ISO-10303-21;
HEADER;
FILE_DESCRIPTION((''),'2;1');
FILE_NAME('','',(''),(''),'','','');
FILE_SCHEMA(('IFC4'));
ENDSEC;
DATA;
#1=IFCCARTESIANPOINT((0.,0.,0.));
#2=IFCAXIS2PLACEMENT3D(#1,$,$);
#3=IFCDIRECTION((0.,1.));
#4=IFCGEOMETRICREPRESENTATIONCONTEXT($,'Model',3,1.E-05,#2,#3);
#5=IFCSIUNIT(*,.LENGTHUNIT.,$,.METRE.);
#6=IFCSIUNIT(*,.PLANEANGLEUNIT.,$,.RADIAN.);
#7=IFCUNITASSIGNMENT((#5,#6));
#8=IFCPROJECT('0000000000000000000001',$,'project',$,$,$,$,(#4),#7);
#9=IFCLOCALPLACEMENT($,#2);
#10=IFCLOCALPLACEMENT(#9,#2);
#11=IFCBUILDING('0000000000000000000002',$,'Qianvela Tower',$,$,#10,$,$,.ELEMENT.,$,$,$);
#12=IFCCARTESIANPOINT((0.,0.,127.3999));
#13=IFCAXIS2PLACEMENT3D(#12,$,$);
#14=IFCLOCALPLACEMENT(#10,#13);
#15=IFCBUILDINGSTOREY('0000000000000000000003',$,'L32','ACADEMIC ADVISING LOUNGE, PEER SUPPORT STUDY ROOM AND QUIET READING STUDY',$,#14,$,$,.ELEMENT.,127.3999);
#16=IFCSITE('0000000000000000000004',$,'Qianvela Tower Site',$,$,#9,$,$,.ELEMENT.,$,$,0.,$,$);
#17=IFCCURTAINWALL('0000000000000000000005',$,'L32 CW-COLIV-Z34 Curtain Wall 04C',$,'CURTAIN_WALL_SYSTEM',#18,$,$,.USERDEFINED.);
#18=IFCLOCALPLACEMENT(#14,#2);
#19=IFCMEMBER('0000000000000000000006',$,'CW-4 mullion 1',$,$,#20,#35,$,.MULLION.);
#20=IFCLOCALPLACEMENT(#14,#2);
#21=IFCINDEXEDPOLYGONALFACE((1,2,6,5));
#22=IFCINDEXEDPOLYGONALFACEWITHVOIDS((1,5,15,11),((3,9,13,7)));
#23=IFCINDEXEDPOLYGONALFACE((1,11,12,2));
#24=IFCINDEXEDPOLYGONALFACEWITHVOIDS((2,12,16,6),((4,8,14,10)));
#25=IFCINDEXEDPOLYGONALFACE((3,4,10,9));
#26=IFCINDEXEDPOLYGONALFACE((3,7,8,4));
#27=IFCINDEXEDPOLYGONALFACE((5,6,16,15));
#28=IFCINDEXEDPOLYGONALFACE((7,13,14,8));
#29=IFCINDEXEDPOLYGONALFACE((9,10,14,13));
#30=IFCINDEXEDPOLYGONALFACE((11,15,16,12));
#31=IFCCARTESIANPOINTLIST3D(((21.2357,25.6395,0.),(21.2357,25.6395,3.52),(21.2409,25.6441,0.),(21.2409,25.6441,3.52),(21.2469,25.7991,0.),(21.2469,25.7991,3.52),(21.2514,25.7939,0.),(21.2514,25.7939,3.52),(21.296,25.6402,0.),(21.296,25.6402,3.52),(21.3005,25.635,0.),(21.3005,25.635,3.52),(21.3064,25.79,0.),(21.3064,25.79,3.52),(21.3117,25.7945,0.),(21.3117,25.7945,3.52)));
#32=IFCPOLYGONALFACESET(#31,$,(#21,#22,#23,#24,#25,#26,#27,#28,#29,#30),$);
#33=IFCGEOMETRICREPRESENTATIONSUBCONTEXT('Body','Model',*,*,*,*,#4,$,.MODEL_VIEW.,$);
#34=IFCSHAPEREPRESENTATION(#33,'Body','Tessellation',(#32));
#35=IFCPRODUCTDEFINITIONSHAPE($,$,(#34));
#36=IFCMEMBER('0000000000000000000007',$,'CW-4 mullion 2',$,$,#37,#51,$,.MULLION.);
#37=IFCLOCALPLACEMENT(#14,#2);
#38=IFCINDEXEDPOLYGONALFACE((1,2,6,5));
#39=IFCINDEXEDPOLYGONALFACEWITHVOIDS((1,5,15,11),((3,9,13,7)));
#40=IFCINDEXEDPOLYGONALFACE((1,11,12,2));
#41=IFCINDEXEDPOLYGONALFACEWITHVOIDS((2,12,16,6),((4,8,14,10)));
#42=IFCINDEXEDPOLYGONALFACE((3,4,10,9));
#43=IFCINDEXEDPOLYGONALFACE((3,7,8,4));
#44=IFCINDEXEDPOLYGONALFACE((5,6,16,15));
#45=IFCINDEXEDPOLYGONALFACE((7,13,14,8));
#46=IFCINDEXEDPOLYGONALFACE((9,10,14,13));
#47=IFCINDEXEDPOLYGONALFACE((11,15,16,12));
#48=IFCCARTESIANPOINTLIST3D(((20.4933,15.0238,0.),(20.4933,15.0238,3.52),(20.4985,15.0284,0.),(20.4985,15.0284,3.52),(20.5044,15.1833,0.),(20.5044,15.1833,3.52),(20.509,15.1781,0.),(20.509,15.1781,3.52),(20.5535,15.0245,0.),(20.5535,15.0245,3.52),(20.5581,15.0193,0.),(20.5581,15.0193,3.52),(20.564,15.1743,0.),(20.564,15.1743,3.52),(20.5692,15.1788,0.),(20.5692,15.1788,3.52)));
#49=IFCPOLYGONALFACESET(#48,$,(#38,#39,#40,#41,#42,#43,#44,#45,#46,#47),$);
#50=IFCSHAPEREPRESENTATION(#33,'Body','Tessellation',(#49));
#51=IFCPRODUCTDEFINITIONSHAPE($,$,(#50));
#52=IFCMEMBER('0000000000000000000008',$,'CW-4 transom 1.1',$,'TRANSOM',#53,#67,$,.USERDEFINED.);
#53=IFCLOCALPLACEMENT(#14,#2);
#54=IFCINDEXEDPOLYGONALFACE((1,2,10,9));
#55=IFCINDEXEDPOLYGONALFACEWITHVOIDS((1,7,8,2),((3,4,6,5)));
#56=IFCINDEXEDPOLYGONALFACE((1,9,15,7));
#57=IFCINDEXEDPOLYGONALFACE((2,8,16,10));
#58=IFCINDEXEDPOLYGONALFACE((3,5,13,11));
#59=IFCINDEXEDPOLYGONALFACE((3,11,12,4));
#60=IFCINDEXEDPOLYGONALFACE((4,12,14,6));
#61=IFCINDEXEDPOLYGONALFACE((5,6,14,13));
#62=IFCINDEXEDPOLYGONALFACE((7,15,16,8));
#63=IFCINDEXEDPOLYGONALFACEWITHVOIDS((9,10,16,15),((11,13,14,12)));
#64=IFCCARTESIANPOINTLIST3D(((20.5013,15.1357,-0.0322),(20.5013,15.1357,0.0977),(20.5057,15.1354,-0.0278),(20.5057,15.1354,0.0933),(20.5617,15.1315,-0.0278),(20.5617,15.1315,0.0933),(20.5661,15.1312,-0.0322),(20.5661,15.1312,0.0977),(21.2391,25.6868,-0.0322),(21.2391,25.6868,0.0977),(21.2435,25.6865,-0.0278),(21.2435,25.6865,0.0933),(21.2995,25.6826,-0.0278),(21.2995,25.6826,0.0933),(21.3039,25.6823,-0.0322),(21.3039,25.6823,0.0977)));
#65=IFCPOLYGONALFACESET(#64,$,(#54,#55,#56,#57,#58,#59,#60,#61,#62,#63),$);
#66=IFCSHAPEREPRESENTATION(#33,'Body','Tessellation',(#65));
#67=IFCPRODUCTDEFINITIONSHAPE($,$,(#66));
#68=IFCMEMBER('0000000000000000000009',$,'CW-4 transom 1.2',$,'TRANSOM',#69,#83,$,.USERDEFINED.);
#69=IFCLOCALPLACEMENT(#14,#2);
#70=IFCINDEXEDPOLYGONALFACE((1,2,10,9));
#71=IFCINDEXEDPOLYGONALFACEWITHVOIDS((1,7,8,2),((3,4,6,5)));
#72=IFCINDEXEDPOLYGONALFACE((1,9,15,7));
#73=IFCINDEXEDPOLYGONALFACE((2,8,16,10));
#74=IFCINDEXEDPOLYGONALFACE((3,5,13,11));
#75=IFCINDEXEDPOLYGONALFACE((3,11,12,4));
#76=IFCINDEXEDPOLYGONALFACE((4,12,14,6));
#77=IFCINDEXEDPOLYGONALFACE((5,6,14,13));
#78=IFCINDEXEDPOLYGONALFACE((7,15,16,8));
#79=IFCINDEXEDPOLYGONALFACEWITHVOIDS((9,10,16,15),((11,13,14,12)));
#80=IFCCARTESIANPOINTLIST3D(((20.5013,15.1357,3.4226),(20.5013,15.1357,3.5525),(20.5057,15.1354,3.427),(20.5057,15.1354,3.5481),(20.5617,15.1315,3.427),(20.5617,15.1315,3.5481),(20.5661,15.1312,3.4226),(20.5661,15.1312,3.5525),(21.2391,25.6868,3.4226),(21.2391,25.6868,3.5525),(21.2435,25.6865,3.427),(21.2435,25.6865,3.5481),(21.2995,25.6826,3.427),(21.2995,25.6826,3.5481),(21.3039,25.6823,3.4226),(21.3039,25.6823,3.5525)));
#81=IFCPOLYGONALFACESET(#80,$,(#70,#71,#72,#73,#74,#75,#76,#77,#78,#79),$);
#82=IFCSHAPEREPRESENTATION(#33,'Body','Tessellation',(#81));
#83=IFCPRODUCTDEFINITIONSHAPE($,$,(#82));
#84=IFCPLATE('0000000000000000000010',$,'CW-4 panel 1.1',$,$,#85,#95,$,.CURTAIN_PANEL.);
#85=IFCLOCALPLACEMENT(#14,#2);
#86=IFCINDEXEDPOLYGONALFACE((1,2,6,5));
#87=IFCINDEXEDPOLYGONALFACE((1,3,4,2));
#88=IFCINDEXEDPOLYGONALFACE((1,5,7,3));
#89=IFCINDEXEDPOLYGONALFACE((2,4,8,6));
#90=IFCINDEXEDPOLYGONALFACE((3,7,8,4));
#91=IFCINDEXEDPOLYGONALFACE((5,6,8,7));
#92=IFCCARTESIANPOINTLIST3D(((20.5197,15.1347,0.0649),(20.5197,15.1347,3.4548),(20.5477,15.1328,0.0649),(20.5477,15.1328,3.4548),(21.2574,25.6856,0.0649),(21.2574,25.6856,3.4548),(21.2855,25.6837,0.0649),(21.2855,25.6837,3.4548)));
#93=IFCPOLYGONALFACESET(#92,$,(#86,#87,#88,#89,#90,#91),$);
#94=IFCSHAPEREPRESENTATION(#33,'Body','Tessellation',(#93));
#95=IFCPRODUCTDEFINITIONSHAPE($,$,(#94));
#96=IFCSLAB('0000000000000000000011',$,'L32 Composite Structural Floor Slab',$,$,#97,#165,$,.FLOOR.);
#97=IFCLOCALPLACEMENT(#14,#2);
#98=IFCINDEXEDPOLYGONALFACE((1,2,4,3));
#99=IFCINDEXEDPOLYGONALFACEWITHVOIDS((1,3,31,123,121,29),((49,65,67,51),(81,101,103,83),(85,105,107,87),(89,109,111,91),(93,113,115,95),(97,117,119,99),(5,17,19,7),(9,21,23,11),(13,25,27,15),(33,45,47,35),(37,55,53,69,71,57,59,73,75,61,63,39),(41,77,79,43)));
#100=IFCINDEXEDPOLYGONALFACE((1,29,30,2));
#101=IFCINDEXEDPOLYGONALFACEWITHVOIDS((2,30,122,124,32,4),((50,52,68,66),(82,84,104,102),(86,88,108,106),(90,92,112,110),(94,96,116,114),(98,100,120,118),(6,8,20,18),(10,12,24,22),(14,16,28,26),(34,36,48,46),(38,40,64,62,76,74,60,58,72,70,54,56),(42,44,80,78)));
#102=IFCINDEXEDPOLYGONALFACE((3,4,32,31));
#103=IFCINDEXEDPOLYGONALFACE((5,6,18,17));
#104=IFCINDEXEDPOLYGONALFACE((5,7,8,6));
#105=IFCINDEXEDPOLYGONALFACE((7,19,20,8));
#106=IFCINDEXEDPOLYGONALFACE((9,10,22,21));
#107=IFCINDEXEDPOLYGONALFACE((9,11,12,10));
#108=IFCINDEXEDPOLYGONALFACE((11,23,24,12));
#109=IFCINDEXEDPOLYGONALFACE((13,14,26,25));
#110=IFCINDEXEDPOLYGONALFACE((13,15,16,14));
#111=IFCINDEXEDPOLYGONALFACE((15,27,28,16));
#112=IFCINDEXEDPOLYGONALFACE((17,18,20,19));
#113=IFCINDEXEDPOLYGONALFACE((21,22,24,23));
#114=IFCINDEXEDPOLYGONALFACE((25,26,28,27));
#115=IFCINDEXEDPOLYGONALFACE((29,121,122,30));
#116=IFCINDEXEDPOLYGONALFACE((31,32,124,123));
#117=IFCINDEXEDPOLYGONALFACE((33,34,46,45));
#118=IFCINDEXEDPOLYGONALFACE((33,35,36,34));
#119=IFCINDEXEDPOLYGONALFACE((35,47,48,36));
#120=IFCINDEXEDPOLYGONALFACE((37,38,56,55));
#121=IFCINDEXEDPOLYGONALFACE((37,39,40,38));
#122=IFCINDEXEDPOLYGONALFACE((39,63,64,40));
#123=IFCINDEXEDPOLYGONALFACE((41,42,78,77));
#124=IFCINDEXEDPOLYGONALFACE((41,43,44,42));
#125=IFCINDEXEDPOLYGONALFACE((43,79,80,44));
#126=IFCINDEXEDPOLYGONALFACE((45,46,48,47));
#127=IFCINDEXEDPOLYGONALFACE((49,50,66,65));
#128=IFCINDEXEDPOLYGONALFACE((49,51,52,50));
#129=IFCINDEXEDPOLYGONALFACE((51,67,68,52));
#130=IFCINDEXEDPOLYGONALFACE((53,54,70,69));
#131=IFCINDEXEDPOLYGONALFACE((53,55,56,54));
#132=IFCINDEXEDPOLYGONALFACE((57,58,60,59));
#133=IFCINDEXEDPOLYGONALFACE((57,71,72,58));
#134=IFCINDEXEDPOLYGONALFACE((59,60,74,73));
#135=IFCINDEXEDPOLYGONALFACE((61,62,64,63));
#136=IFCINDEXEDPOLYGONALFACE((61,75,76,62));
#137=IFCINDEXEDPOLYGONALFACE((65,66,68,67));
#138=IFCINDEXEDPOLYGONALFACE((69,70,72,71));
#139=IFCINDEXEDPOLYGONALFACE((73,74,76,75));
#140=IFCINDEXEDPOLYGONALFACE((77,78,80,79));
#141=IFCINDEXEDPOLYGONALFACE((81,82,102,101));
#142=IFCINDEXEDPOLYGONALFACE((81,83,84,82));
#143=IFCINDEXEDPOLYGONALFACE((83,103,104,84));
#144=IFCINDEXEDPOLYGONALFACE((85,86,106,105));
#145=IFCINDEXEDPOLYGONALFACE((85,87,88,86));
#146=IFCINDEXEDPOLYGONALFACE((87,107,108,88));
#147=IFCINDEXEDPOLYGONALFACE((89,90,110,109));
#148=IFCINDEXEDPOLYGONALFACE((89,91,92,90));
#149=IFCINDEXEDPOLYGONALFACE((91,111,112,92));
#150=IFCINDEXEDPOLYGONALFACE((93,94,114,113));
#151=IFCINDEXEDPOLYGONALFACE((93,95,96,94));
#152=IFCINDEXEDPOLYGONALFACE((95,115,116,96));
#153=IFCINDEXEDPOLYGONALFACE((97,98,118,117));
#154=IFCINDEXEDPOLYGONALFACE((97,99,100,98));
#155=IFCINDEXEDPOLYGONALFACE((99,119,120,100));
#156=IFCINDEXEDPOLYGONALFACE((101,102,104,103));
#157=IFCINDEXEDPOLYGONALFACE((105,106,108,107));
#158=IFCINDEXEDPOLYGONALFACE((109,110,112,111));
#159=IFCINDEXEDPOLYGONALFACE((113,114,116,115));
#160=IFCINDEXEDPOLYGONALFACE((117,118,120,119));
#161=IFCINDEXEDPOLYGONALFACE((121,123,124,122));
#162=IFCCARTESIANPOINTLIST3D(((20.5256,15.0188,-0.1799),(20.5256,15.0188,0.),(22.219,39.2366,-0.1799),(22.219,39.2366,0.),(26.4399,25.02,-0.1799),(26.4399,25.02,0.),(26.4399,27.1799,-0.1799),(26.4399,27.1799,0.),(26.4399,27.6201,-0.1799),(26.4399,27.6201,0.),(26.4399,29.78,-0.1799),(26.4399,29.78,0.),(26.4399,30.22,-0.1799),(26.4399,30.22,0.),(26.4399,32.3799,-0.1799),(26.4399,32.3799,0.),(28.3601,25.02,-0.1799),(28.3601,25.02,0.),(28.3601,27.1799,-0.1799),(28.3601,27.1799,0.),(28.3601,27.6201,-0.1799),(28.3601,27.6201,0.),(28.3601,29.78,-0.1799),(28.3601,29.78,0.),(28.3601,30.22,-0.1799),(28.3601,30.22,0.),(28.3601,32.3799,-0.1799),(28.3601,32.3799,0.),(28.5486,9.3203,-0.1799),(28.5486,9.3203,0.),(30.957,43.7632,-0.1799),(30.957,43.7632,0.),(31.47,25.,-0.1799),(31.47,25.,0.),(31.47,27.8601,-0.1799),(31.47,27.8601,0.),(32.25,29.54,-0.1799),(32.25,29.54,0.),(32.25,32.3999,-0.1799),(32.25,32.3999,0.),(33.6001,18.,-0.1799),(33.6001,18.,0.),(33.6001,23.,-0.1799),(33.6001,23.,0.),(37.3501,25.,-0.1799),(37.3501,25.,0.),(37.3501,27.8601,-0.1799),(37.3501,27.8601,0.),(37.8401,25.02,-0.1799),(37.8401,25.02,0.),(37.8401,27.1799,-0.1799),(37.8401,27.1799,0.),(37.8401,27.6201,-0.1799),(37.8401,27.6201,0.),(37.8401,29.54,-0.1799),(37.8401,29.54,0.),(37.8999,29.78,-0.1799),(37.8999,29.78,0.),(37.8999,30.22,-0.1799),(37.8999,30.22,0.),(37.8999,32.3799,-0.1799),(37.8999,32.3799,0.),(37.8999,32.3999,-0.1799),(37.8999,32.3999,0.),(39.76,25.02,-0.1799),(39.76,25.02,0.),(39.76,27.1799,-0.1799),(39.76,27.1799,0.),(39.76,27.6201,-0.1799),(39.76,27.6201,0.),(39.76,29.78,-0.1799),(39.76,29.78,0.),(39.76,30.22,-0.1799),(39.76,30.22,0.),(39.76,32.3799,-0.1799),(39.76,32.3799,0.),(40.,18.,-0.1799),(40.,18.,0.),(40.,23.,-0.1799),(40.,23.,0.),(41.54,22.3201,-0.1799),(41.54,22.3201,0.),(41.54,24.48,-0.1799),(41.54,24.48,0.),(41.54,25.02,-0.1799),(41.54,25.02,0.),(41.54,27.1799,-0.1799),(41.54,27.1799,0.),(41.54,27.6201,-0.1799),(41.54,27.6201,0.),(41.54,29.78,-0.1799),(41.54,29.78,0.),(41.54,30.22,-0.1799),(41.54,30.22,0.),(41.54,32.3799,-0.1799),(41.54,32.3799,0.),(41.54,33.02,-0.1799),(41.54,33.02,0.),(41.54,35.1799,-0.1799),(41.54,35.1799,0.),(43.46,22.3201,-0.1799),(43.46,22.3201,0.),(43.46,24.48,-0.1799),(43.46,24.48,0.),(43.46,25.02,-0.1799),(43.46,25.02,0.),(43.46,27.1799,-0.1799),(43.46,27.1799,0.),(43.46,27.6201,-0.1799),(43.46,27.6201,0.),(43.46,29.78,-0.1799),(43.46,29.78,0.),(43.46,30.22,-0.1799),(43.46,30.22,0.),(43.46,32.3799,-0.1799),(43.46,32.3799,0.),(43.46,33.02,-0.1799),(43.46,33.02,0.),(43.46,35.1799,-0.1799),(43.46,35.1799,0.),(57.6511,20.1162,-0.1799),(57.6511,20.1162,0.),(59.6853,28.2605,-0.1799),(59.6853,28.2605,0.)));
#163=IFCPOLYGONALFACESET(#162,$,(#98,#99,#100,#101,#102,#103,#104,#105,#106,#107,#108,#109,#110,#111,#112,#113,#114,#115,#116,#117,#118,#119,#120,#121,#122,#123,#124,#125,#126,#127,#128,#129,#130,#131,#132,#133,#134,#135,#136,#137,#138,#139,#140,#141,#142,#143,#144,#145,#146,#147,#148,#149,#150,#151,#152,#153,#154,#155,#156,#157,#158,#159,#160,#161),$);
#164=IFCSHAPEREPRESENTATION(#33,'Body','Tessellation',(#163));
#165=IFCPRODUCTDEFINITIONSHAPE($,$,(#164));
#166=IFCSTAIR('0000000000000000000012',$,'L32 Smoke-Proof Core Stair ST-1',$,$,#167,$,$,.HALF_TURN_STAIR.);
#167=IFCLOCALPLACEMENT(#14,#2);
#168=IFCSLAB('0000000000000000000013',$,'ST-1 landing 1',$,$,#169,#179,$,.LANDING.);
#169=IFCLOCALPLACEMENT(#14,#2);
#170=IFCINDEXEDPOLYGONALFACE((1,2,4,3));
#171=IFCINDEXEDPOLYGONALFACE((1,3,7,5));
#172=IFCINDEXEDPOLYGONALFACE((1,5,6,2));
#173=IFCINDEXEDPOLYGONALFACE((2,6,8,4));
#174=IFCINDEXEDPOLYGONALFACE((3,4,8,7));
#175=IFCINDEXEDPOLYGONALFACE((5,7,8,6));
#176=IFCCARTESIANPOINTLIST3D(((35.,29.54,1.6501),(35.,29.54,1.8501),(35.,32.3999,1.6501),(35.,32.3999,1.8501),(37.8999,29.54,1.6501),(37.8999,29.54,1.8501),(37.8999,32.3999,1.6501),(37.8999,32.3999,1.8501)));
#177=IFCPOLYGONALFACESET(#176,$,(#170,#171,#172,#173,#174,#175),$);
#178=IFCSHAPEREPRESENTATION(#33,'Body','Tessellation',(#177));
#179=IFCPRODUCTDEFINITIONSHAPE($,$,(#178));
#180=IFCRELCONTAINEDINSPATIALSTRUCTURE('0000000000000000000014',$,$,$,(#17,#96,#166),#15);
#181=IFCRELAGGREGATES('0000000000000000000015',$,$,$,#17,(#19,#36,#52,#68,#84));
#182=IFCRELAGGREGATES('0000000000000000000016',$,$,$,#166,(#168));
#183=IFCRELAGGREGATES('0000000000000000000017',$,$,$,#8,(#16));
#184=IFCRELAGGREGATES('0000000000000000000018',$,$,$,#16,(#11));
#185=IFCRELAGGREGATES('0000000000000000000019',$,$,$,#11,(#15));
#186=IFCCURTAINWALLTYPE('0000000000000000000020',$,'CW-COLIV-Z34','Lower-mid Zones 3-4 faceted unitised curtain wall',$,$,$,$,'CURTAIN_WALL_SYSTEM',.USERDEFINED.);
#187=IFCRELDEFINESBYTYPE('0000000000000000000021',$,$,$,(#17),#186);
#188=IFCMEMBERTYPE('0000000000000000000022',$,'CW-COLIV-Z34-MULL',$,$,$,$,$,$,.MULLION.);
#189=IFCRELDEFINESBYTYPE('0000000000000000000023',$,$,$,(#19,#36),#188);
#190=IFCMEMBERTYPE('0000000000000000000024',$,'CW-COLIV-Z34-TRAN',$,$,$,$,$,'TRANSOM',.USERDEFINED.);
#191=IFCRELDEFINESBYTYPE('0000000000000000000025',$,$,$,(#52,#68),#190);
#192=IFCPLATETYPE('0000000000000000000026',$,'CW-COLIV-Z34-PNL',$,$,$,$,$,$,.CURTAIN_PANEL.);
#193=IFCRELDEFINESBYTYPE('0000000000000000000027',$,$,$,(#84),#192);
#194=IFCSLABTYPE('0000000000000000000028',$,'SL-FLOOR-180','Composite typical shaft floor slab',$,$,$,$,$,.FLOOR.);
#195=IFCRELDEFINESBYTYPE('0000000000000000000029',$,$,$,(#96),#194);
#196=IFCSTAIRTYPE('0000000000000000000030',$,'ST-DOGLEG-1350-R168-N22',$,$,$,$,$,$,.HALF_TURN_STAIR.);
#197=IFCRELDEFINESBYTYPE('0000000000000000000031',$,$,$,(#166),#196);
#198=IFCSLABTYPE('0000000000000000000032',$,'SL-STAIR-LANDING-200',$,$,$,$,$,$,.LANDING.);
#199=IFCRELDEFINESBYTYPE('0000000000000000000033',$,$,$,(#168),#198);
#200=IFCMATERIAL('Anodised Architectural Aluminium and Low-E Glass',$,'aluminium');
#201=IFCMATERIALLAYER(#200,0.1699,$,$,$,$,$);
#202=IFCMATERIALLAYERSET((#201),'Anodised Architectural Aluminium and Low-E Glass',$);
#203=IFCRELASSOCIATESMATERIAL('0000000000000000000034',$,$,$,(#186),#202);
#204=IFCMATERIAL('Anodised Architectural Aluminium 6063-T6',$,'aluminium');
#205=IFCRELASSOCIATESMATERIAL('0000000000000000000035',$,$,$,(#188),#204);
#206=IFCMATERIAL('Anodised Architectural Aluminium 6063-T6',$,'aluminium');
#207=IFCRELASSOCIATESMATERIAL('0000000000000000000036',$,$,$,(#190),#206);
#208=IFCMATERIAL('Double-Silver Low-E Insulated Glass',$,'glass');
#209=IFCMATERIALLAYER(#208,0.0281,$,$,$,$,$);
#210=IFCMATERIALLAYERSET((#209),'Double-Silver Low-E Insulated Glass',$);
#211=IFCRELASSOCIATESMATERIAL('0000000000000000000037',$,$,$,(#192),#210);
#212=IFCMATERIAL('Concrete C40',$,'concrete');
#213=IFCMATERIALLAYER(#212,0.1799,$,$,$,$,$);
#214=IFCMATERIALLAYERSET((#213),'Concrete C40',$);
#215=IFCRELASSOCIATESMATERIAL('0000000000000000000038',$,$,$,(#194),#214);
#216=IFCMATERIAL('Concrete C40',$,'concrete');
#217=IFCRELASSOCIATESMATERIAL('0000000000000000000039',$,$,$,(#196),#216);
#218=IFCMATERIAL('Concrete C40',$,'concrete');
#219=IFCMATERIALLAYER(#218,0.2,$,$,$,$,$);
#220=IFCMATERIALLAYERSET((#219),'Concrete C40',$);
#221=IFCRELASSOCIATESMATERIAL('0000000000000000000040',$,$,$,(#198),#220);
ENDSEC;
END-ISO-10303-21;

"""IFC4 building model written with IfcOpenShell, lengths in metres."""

from ifc_helpers import new_model, si_unit, direction, frame, origin, origin_2d, place, context, subcontext, project, spatial, polyline, rectangle, hollow_rectangle, outline, extrude, material, layer, layer_set, material_profile, profile_set, type_object, element, aggregate, save


model = new_model("IFC4")

# Units and contexts
model_context = context("Model", 3, precision=1e-05, world=origin(), true_north=direction((0.0, 1.0)))
body_context = subcontext(model_context, "Body", "Model", "MODEL_VIEW")
ifc_project = project(units=[si_unit("LENGTHUNIT", "METRE"), si_unit("PLANEANGLEUNIT", "RADIAN")], contexts=[model_context])

# Site, building, storey
site_placement = place(None, origin())
site = spatial("IfcSite", under=ifc_project, at=site_placement, Name="Qianvela Tower Site", CompositionType="ELEMENT", RefElevation=0.0)
building_placement = place(site_placement, origin())
building = spatial("IfcBuilding", under=site, at=building_placement, Name="Qianvela Tower", CompositionType="ELEMENT")
storey_placement = place(building_placement, frame((0.0, 0.0, 127.3999)))
storey = spatial("IfcBuildingStorey", under=building, at=storey_placement, Name="L32", Description="ACADEMIC ADVISING LOUNGE, PEER SUPPORT STUDY ROOM AND QUIET READING STUDY", CompositionType="ELEMENT", Elevation=127.3999)

# Curtain wall, members, plate
ifc_material_1 = material(Name="Anodised Architectural Aluminium and Low-E Glass", Category="aluminium")
ifc_layer_1 = layer(ifc_material_1, 0.1699)
ifc_layer_set_1 = layer_set([ifc_layer_1], Name="Anodised Architectural Aluminium and Low-E Glass")
curtain_wall_type = type_object("IfcCurtainWallType", Name="CW-COLIV-Z34", Description="Lower-mid Zones 3-4 faceted unitised curtain wall", ElementType="CURTAIN_WALL_SYSTEM", PredefinedType="USERDEFINED", material=ifc_layer_set_1)
curtain_wall_placement = place(storey_placement, origin())
curtain_wall = element("IfcCurtainWall", 1, at=curtain_wall_placement, inside=storey, type_object=curtain_wall_type, Name="L32 CW-COLIV-Z34 Curtain Wall 04C", ObjectType="CURTAIN_WALL_SYSTEM", PredefinedType="USERDEFINED")
ifc_material_2 = material(Name="Anodised Architectural Aluminium 6063-T6", Category="aluminium")
ifc_material_profile_1 = material_profile(ifc_material_2, hollow_rectangle(XDim=0.0649, YDim=0.1599, WallThickness=0.0049, at=origin_2d()), Name="ALU-MULL-65x160")
ifc_profile_set_1 = profile_set([ifc_material_profile_1], Name="Anodised Architectural Aluminium 6063-T6")
member_type_1 = type_object("IfcMemberType", Name="CW-COLIV-Z34-MULL", PredefinedType="MULLION", material=ifc_profile_set_1)
member_1_placement = place(storey_placement, frame((21.2737, 25.717, 0.0), z_axis=(0.0, 0.0, 1.0), x_axis=(0.997564, -0.06975, 0.0)))
member_1 = element("IfcMember", 2, at=member_1_placement, type_object=member_type_1, Name="CW-4 mullion 1", PredefinedType="MULLION", context=body_context, shape_type="SweptSolid", body=[
    extrude(hollow_rectangle(XDim=0.0649, YDim=0.1599, WallThickness=0.0049, at=origin_2d()), origin(), (0.0, 0.0, 1.0), 3.52),
])
member_2_placement = place(storey_placement, frame((20.5312, 15.1013, 0.0), z_axis=(0.0, 0.0, 1.0), x_axis=(0.997564, -0.06975, 0.0)))
member_2 = element("IfcMember", 3, at=member_2_placement, type_object=member_type_1, Name="CW-4 mullion 2", PredefinedType="MULLION", context=body_context, shape_type="SweptSolid", body=[
    extrude(hollow_rectangle(XDim=0.0649, YDim=0.1599, WallThickness=0.0049, at=origin_2d()), origin(), (0.0, 0.0, 1.0), 3.52),
])
ifc_material_3 = material(Name="Anodised Architectural Aluminium 6063-T6", Category="aluminium")
ifc_material_profile_2 = material_profile(ifc_material_3, hollow_rectangle(XDim=0.0649, YDim=0.1299, WallThickness=0.0044, at=origin_2d()), Name="ALU-TRAN-65x130")
ifc_profile_set_2 = profile_set([ifc_material_profile_2], Name="Anodised Architectural Aluminium 6063-T6")
member_type_2 = type_object("IfcMemberType", Name="CW-COLIV-Z34-TRAN", ElementType="TRANSOM", PredefinedType="USERDEFINED", material=ifc_profile_set_2)
member_3_placement = place(storey_placement, frame((21.2715, 25.6846, 0.0327), z_axis=(-0.069756, -0.997564, 0.0), x_axis=(0.997564, -0.069756, 0.0)))
member_3 = element("IfcMember", 4, at=member_3_placement, type_object=member_type_2, Name="CW-4 transom 1.1", ObjectType="TRANSOM", PredefinedType="USERDEFINED", context=body_context, shape_type="SweptSolid", body=[
    extrude(hollow_rectangle(XDim=0.0649, YDim=0.1299, WallThickness=0.0044, at=origin_2d()), origin(), (0.0, 0.0, 1.0), 10.5769),
])
member_4_placement = place(storey_placement, frame((21.2715, 25.6846, 3.4875), z_axis=(-0.069756, -0.997564, 0.0), x_axis=(0.997564, -0.069756, 0.0)))
member_4 = element("IfcMember", 5, at=member_4_placement, type_object=member_type_2, Name="CW-4 transom 1.2", ObjectType="TRANSOM", PredefinedType="USERDEFINED", context=body_context, shape_type="SweptSolid", body=[
    extrude(hollow_rectangle(XDim=0.0649, YDim=0.1299, WallThickness=0.0044, at=origin_2d()), origin(), (0.0, 0.0, 1.0), 10.5769),
])
ifc_material_4 = material(Name="Double-Silver Low-E Insulated Glass", Category="glass")
ifc_layer_2 = layer(ifc_material_4, 0.0281)
ifc_layer_set_2 = layer_set([ifc_layer_2], Name="Double-Silver Low-E Insulated Glass")
plate_type_1 = type_object("IfcPlateType", Name="CW-COLIV-Z34-PNL", PredefinedType="CURTAIN_PANEL", material=ifc_layer_set_2)
plate_1_placement = place(storey_placement, frame((20.9026, 20.4092, 0.0649), z_axis=(0.0, 0.0, 1.0), x_axis=(-0.06975, -0.997564, 0.0)))
plate_1 = element("IfcPlate", 6, at=plate_1_placement, type_object=plate_type_1, Name="CW-4 panel 1.1", PredefinedType="CURTAIN_PANEL", context=body_context, shape_type="SweptSolid", body=[
    extrude(rectangle(XDim=10.5767, YDim=0.0281, at=origin_2d()), origin(), (0.0, 0.0, 1.0), 3.3899),
])
aggregate(curtain_wall, [member_1, member_2, member_3, member_4, plate_1])

# Slab
ifc_material_5 = material(Name="Concrete C40", Category="concrete")
ifc_layer_3 = layer(ifc_material_5, 0.1799)
ifc_layer_set_3 = layer_set([ifc_layer_3], Name="Concrete C40")
slab_type_1 = type_object("IfcSlabType", Name="SL-FLOOR-180", Description="Composite typical shaft floor slab", PredefinedType="FLOOR", material=ifc_layer_set_3)
slab_1_placement = place(storey_placement, frame((0.0, 0.0, -0.1799)))
element("IfcSlab", 7, at=slab_1_placement, inside=storey, type_object=slab_type_1, Name="L32 Composite Structural Floor Slab", PredefinedType="FLOOR", context=body_context, shape_type="SweptSolid", body=[
    extrude(outline(polyline([(57.6511, 20.1162), (59.6853, 28.2605), (30.957, 43.7632), (22.219, 39.2366), (20.5256, 15.0188), (28.5486, 9.3203), (57.6511, 20.1162)]), holes=[polyline([(40.0, 23.0), (33.6001, 23.0), (33.6001, 18.0), (40.0, 18.0), (40.0, 23.0)]), polyline([(28.3601, 25.02), (28.3601, 27.1799), (26.4399, 27.1799), (26.4399, 25.02), (28.3601, 25.02)]), polyline([(37.3501, 25.0), (37.3501, 27.8601), (31.47, 27.8601), (31.47, 25.0), (37.3501, 25.0)]), polyline([(28.3601, 27.6201), (28.3601, 29.78), (26.4399, 29.78), (26.4399, 27.6201), (28.3601, 27.6201)]), polyline([(37.8999, 32.3799), (37.8999, 32.3999), (32.25, 32.3999), (32.25, 29.54), (37.8401, 29.54), (37.8401, 27.6201), (39.76, 27.6201), (39.76, 29.78), (37.8999, 29.78), (37.8999, 30.22), (39.76, 30.22), (39.76, 32.3799), (37.8999, 32.3799)]), polyline([(28.3601, 30.22), (28.3601, 32.3799), (26.4399, 32.3799), (26.4399, 30.22), (28.3601, 30.22)]), polyline([(43.46, 24.48), (41.54, 24.48), (41.54, 22.3201), (43.46, 22.3201), (43.46, 24.48)]), polyline([(39.76, 25.02), (39.76, 27.1799), (37.8401, 27.1799), (37.8401, 25.02), (39.76, 25.02)]), polyline([(43.46, 25.02), (43.46, 27.1799), (41.54, 27.1799), (41.54, 25.02), (43.46, 25.02)]), polyline([(43.46, 27.6201), (43.46, 29.78), (41.54, 29.78), (41.54, 27.6201), (43.46, 27.6201)]), polyline([(43.46, 30.22), (43.46, 32.3799), (41.54, 32.3799), (41.54, 30.22), (43.46, 30.22)]), polyline([(43.46, 33.02), (43.46, 35.1799), (41.54, 35.1799), (41.54, 33.02), (43.46, 33.02)])]), origin(), (0.0, 0.0, 1.0), 0.1799),
])

# Stair, slab
ifc_material_6 = material(Name="Concrete C40", Category="concrete")
stair_type = type_object("IfcStairType", Name="ST-DOGLEG-1350-R168-N22", PredefinedType="HALF_TURN_STAIR", material=ifc_material_6)
stair_1_placement = place(storey_placement, origin())
stair_1 = element("IfcStair", 8, at=stair_1_placement, inside=storey, type_object=stair_type, Name="L32 Smoke-Proof Core Stair ST-1", PredefinedType="HALF_TURN_STAIR")
ifc_material_7 = material(Name="Concrete C40", Category="concrete")
ifc_layer_4 = layer(ifc_material_7, 0.2)
ifc_layer_set_4 = layer_set([ifc_layer_4], Name="Concrete C40")
slab_type_2 = type_object("IfcSlabType", Name="SL-STAIR-LANDING-200", PredefinedType="LANDING", material=ifc_layer_set_4)
slab_2_placement = place(storey_placement, frame((0.0, 0.0, 1.6501)))
slab_2 = element("IfcSlab", 9, at=slab_2_placement, type_object=slab_type_2, Name="ST-1 landing 1", PredefinedType="LANDING", context=body_context, shape_type="SweptSolid", body=[
    extrude(outline(polyline([(35.0, 29.54), (37.8999, 29.54), (37.8999, 32.3999), (35.0, 32.3999), (35.0, 29.54)])), origin(), (0.0, 0.0, 1.0), 0.2),
])
aggregate(stair_1, [slab_2])

save(model, "model.ifc")
